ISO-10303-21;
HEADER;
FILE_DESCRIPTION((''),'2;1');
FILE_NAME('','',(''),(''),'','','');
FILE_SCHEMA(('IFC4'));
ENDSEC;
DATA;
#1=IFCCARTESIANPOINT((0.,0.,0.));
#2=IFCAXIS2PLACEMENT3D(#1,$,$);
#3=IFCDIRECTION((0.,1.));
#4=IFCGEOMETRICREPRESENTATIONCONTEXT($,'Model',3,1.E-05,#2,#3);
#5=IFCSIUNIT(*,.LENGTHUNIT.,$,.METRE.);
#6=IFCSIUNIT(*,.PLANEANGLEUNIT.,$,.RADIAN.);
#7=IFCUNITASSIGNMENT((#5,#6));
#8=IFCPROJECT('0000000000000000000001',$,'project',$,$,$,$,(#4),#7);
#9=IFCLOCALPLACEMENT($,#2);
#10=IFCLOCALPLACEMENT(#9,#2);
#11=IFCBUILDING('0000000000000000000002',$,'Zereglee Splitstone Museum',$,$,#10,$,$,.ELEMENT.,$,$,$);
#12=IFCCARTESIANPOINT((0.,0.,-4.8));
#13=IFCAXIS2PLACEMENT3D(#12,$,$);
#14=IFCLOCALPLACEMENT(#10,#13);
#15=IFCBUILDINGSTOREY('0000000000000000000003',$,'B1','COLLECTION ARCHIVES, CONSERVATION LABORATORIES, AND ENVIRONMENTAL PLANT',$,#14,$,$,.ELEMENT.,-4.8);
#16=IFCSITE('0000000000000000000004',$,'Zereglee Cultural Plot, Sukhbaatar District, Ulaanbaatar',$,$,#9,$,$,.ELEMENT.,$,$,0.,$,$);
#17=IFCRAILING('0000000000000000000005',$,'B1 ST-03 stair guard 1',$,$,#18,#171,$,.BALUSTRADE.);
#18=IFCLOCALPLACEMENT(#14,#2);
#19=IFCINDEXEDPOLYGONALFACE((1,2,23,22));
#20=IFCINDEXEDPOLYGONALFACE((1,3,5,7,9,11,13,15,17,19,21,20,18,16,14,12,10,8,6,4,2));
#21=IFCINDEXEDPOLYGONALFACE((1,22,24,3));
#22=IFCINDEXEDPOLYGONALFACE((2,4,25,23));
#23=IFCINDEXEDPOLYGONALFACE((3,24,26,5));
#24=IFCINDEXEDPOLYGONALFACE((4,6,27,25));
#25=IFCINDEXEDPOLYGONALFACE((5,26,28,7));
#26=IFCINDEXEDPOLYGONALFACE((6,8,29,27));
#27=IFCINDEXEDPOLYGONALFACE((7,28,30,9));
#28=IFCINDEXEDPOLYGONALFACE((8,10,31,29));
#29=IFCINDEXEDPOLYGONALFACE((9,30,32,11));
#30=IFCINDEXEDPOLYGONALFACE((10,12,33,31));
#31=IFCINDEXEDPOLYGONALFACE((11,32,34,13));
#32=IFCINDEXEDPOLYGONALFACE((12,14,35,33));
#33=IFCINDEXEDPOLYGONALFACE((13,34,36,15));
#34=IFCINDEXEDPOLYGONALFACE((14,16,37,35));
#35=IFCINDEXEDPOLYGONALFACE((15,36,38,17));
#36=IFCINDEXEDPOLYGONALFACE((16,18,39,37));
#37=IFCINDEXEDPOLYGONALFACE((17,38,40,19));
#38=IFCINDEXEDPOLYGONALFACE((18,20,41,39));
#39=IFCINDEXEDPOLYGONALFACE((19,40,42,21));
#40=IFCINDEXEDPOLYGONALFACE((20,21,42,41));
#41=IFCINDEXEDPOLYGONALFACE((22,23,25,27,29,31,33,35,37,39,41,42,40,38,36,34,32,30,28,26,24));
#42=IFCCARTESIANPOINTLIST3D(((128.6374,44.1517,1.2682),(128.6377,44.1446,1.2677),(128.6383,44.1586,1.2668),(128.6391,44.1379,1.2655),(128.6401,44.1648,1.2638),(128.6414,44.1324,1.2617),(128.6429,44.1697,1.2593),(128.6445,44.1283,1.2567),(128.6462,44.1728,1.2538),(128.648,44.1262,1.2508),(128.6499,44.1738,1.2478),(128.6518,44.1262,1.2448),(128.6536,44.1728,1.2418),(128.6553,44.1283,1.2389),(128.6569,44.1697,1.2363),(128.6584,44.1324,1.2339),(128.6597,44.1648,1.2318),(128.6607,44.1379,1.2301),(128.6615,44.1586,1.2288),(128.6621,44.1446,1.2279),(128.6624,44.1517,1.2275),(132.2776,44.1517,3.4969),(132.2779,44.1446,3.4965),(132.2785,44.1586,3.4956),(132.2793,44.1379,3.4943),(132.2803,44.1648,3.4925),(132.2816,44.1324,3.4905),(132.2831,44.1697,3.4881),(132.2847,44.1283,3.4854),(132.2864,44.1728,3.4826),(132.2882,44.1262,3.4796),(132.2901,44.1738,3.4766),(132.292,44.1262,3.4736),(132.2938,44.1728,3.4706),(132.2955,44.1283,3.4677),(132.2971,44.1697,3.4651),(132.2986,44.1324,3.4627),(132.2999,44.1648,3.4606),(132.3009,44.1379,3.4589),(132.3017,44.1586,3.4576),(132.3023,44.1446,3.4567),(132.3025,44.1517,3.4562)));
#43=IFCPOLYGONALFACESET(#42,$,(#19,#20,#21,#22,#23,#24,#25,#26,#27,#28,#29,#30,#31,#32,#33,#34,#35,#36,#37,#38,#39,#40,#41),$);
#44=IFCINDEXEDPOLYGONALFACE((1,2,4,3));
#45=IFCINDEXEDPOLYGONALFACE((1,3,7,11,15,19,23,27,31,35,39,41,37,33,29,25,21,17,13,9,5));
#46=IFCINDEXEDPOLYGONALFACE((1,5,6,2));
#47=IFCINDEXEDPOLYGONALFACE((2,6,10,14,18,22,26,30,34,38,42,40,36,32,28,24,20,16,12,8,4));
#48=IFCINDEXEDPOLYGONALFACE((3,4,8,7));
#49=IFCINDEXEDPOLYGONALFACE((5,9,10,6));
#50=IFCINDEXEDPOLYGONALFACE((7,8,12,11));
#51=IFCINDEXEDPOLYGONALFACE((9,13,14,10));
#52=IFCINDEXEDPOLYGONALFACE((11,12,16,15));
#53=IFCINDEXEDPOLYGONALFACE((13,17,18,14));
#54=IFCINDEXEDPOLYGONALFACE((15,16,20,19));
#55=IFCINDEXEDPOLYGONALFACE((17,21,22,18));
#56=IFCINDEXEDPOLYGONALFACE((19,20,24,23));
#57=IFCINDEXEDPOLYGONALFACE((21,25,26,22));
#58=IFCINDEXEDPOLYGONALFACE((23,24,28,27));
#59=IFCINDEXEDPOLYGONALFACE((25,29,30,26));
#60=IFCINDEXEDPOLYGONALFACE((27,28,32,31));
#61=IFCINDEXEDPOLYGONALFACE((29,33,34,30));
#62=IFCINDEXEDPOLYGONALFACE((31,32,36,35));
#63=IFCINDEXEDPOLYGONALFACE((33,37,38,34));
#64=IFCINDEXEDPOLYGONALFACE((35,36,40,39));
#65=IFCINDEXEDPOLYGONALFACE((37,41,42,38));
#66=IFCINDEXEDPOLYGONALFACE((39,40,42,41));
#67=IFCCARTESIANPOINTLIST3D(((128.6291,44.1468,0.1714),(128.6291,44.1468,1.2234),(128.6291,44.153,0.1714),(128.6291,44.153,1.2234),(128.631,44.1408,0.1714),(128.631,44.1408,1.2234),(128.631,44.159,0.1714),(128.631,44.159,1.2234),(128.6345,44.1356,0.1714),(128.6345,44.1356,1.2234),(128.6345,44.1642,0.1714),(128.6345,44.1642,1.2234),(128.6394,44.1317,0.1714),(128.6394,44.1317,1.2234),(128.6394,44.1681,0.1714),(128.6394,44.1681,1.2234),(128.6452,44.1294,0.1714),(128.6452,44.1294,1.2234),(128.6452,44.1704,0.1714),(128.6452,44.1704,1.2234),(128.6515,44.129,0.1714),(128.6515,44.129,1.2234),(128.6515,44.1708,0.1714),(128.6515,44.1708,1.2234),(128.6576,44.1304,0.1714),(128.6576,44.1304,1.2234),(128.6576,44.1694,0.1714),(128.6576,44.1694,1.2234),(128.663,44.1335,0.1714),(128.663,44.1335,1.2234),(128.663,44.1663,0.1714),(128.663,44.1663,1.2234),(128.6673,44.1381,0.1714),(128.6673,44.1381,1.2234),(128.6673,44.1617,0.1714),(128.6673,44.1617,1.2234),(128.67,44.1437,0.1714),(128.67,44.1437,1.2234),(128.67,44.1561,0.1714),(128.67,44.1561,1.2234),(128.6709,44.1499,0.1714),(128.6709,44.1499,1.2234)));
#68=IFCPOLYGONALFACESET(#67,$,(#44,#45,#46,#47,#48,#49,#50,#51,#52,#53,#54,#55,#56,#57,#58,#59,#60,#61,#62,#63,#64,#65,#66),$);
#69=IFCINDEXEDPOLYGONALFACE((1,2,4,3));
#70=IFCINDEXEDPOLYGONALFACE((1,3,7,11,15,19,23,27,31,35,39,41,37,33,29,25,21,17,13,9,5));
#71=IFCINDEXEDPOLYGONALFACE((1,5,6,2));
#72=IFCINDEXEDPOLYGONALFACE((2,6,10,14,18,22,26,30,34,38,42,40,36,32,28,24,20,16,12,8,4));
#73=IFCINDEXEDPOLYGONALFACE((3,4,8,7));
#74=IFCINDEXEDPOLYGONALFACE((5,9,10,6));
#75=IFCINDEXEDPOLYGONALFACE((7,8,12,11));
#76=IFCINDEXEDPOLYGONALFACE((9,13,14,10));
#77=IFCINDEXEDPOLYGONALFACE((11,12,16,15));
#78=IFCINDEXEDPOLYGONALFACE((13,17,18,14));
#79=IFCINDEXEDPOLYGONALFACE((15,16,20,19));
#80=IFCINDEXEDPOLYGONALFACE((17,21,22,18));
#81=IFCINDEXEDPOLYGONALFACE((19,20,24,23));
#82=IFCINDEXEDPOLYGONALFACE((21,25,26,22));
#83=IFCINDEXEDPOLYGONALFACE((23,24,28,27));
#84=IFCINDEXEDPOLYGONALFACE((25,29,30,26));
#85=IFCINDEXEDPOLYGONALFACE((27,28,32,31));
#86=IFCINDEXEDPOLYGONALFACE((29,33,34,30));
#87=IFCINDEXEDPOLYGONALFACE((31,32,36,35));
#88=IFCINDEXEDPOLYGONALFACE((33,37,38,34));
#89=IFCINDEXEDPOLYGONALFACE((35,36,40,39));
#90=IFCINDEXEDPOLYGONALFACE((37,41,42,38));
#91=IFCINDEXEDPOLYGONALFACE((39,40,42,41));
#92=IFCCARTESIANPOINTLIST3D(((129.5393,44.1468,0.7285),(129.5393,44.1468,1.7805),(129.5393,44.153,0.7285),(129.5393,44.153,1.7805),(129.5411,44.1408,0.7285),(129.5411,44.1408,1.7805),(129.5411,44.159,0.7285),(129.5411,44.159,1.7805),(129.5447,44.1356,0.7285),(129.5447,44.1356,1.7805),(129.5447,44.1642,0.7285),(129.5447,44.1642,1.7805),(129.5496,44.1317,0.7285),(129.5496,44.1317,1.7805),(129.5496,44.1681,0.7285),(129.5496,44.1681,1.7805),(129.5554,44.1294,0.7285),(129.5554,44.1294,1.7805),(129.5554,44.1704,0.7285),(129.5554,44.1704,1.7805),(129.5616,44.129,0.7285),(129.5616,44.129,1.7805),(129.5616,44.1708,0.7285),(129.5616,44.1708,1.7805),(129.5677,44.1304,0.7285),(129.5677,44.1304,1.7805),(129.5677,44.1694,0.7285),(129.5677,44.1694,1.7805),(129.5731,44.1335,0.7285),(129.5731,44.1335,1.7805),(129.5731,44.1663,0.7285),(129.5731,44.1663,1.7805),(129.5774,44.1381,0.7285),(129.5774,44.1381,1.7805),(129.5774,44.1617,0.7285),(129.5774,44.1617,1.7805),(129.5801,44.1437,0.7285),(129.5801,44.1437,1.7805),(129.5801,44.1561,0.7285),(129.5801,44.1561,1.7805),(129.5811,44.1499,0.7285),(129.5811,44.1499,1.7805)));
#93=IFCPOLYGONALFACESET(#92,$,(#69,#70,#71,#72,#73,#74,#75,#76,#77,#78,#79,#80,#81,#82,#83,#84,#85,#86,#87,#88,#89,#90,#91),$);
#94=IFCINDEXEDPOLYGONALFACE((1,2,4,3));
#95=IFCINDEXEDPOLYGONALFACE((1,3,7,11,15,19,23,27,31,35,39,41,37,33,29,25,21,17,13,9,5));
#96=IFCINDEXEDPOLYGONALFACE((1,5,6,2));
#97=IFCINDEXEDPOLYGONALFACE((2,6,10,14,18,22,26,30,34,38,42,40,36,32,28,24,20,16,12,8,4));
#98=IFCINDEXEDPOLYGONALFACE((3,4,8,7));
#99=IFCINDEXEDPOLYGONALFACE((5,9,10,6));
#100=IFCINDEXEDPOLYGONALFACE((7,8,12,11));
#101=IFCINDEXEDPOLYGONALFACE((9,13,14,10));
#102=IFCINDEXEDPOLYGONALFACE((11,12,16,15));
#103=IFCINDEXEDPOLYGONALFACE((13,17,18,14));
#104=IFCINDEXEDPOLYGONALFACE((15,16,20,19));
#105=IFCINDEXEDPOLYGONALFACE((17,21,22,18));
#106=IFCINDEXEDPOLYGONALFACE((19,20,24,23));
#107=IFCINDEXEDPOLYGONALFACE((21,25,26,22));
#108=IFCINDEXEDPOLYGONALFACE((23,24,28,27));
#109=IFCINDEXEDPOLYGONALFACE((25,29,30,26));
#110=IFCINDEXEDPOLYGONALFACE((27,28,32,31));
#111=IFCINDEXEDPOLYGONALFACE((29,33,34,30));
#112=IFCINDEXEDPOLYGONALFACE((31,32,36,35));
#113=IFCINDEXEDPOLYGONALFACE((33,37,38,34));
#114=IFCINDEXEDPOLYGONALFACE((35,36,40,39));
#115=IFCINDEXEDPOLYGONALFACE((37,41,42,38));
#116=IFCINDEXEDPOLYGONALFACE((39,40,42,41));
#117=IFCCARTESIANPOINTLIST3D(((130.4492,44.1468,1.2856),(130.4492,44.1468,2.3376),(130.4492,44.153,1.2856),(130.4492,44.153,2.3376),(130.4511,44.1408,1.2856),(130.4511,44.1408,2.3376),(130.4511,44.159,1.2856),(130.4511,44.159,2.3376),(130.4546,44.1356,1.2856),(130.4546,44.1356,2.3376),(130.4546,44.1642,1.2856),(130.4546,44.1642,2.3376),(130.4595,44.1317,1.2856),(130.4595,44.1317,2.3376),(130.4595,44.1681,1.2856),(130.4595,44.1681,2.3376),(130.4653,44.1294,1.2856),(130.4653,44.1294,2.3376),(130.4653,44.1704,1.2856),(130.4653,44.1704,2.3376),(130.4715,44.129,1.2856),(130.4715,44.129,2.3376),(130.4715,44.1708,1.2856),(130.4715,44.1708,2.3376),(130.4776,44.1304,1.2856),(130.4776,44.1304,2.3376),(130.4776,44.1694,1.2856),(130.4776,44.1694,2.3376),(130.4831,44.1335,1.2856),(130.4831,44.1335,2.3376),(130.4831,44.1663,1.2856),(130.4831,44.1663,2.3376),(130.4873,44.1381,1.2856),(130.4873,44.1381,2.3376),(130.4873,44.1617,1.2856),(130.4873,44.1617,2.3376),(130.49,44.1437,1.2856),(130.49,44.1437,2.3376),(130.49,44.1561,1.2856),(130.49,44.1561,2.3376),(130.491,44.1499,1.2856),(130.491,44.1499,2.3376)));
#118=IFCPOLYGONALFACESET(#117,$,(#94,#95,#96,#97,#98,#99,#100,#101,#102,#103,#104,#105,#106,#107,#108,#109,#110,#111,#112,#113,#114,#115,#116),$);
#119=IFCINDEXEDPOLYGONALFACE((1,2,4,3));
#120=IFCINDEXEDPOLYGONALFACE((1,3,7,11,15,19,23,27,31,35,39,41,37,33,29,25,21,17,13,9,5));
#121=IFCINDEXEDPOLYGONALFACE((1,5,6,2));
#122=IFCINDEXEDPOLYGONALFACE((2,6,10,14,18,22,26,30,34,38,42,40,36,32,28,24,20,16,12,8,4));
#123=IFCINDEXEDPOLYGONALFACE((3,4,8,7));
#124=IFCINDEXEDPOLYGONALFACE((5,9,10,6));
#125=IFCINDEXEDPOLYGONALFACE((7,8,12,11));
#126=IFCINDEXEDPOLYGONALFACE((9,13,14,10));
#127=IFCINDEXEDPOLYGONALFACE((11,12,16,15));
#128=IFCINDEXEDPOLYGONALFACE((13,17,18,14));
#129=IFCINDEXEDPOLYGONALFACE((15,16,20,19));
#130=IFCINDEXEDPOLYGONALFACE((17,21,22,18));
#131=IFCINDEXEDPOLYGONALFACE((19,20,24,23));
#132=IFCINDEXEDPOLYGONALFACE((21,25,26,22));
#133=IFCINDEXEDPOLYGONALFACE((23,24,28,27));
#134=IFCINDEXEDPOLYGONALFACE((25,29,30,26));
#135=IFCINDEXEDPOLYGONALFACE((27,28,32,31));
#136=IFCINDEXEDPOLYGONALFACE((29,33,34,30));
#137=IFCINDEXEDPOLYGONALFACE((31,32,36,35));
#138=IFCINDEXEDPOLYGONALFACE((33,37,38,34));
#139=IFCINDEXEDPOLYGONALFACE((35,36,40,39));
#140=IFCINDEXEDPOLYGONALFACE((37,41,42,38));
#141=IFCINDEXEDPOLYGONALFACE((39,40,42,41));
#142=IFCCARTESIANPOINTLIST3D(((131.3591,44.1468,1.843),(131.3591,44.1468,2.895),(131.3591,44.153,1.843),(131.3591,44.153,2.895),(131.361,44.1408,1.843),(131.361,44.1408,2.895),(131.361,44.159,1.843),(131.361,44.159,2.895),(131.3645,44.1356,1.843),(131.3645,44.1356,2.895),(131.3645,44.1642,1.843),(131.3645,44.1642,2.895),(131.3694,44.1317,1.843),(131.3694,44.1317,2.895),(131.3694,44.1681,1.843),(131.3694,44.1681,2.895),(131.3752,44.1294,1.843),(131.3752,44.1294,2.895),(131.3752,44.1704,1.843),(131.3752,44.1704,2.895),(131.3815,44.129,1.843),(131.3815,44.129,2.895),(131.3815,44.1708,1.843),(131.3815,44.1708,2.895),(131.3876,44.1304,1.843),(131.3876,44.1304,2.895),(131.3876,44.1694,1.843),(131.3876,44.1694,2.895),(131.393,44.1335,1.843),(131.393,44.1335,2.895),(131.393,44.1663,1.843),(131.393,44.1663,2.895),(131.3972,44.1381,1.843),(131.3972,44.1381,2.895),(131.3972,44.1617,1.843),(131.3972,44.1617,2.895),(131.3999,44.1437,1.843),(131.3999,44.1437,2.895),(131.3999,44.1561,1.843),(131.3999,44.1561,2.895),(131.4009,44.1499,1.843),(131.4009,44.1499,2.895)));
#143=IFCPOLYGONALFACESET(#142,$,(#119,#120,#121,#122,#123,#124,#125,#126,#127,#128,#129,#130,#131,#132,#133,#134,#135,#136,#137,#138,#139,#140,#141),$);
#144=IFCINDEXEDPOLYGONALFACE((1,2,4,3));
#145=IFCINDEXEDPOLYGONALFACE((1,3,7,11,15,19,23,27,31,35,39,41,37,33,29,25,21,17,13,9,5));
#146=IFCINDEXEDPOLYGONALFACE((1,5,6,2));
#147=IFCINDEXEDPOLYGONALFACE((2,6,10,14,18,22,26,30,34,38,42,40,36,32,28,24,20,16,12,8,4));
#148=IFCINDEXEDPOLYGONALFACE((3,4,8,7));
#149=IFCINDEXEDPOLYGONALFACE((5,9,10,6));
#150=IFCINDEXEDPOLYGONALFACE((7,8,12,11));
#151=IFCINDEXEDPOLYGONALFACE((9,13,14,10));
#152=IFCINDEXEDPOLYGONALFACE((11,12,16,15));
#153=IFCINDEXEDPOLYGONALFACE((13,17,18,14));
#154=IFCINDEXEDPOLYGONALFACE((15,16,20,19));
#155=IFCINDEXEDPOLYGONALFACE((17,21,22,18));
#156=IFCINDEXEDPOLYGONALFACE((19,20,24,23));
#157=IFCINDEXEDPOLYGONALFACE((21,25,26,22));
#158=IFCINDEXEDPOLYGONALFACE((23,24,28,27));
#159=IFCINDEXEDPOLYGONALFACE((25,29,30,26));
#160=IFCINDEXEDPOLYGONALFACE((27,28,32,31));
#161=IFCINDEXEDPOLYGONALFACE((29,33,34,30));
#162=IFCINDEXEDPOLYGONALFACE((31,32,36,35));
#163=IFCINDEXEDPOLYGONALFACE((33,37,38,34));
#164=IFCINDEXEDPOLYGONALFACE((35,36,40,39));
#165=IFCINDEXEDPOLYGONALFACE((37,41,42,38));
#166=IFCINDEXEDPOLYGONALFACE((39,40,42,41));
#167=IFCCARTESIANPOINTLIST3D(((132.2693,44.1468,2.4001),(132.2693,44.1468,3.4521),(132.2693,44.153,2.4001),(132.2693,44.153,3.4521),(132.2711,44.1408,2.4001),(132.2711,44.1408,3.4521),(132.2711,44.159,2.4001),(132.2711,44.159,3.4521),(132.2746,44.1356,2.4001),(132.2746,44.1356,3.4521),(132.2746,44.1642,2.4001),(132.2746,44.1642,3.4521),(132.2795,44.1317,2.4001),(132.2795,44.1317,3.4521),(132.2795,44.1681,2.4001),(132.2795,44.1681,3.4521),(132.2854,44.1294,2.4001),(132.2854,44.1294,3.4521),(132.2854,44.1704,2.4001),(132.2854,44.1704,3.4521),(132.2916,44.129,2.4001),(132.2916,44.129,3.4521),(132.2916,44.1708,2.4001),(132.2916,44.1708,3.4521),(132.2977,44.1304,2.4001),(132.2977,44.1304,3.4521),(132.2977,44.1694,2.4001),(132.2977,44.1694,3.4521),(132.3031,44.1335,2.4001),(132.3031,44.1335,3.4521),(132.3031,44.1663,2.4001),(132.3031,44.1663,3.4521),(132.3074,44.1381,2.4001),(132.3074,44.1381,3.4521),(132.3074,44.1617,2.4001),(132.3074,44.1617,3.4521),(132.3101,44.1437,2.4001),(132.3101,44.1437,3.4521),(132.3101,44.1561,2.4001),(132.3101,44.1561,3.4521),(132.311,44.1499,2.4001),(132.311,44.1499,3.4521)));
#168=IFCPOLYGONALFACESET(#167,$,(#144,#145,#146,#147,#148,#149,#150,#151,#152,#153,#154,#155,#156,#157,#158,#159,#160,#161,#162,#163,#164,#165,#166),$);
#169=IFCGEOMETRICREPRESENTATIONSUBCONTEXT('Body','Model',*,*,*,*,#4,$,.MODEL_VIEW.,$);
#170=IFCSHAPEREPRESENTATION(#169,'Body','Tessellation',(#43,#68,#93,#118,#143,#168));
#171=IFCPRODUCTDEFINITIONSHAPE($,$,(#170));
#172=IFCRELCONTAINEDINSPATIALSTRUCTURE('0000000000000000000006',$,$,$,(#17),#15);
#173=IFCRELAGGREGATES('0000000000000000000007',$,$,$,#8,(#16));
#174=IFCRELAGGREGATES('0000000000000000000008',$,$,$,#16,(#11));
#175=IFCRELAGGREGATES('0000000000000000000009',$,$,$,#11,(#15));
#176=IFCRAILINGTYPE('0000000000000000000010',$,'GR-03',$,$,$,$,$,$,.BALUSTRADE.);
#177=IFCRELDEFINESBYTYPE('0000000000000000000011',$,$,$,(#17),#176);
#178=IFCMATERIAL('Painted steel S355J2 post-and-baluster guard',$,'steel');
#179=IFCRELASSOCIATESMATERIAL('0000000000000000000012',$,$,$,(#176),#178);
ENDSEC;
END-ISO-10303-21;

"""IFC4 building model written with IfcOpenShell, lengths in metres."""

from ifc_helpers import new_model, si_unit, direction, frame, origin, origin_2d, place, context, subcontext, project, spatial, circle, extrude, material, type_object, element, save


model = new_model("IFC4")

# Units and contexts
model_context = context("Model", 3, precision=1e-05, world=origin(), true_north=direction((0.0, 1.0)))
body_context = subcontext(model_context, "Body", "Model", "MODEL_VIEW")
ifc_project = project(units=[si_unit("LENGTHUNIT", "METRE"), si_unit("PLANEANGLEUNIT", "RADIAN")], contexts=[model_context])

# Site, building, storey
site_placement = place(None, origin())
site = spatial("IfcSite", under=ifc_project, at=site_placement, Name="Zereglee Cultural Plot, Sukhbaatar District, Ulaanbaatar", CompositionType="ELEMENT", RefElevation=0.0)
building_placement = place(site_placement, origin())
building = spatial("IfcBuilding", under=site, at=building_placement, Name="Zereglee Splitstone Museum", CompositionType="ELEMENT")
storey_placement = place(building_placement, frame((0.0, 0.0, -4.8)))
storey = spatial("IfcBuildingStorey", under=building, at=storey_placement, Name="B1", Description="COLLECTION ARCHIVES, CONSERVATION LABORATORIES, AND ENVIRONMENTAL PLANT", CompositionType="ELEMENT", Elevation=-4.8)

# Railing
ifc_material_1 = material(Name="Painted steel S355J2 post-and-baluster guard", Category="steel")
railing_type_1 = type_object("IfcRailingType", Name="GR-03", PredefinedType="BALUSTRADE", material=ifc_material_1)
railing_1_placement = place(storey_placement, frame((128.6499, 44.1499, 0.1714)))
element("IfcRailing", 1, at=railing_1_placement, inside=storey, type_object=railing_type_1, Name="B1 ST-03 stair guard 1", PredefinedType="BALUSTRADE", context=body_context, shape_type="SweptSolid", body=[
    extrude(circle(Radius=0.0239, at=origin_2d()), frame((0.0, 0.0, 1.0764), z_axis=(0.85284, 0.0, 0.522172), x_axis=(0.0, 1.0, 0.0)), (0.0, 0.0, 1.0), 4.2683),
    extrude(circle(Radius=0.021, at=origin_2d()), origin(), (0.0, 0.0, 1.0), 1.052),
    extrude(circle(Radius=0.021, at=origin_2d()), frame((0.9102, 0.0, 0.5571)), (0.0, 0.0, 1.0), 1.052),
    extrude(circle(Radius=0.021, at=origin_2d()), frame((1.8201, 0.0, 1.1143)), (0.0, 0.0, 1.0), 1.052),
    extrude(circle(Radius=0.021, at=origin_2d()), frame((2.73, 0.0, 1.6716)), (0.0, 0.0, 1.0), 1.052),
    extrude(circle(Radius=0.021, at=origin_2d()), frame((3.6401, 0.0, 2.2288)), (0.0, 0.0, 1.0), 1.052),
])

save(model, "model.ifc")
